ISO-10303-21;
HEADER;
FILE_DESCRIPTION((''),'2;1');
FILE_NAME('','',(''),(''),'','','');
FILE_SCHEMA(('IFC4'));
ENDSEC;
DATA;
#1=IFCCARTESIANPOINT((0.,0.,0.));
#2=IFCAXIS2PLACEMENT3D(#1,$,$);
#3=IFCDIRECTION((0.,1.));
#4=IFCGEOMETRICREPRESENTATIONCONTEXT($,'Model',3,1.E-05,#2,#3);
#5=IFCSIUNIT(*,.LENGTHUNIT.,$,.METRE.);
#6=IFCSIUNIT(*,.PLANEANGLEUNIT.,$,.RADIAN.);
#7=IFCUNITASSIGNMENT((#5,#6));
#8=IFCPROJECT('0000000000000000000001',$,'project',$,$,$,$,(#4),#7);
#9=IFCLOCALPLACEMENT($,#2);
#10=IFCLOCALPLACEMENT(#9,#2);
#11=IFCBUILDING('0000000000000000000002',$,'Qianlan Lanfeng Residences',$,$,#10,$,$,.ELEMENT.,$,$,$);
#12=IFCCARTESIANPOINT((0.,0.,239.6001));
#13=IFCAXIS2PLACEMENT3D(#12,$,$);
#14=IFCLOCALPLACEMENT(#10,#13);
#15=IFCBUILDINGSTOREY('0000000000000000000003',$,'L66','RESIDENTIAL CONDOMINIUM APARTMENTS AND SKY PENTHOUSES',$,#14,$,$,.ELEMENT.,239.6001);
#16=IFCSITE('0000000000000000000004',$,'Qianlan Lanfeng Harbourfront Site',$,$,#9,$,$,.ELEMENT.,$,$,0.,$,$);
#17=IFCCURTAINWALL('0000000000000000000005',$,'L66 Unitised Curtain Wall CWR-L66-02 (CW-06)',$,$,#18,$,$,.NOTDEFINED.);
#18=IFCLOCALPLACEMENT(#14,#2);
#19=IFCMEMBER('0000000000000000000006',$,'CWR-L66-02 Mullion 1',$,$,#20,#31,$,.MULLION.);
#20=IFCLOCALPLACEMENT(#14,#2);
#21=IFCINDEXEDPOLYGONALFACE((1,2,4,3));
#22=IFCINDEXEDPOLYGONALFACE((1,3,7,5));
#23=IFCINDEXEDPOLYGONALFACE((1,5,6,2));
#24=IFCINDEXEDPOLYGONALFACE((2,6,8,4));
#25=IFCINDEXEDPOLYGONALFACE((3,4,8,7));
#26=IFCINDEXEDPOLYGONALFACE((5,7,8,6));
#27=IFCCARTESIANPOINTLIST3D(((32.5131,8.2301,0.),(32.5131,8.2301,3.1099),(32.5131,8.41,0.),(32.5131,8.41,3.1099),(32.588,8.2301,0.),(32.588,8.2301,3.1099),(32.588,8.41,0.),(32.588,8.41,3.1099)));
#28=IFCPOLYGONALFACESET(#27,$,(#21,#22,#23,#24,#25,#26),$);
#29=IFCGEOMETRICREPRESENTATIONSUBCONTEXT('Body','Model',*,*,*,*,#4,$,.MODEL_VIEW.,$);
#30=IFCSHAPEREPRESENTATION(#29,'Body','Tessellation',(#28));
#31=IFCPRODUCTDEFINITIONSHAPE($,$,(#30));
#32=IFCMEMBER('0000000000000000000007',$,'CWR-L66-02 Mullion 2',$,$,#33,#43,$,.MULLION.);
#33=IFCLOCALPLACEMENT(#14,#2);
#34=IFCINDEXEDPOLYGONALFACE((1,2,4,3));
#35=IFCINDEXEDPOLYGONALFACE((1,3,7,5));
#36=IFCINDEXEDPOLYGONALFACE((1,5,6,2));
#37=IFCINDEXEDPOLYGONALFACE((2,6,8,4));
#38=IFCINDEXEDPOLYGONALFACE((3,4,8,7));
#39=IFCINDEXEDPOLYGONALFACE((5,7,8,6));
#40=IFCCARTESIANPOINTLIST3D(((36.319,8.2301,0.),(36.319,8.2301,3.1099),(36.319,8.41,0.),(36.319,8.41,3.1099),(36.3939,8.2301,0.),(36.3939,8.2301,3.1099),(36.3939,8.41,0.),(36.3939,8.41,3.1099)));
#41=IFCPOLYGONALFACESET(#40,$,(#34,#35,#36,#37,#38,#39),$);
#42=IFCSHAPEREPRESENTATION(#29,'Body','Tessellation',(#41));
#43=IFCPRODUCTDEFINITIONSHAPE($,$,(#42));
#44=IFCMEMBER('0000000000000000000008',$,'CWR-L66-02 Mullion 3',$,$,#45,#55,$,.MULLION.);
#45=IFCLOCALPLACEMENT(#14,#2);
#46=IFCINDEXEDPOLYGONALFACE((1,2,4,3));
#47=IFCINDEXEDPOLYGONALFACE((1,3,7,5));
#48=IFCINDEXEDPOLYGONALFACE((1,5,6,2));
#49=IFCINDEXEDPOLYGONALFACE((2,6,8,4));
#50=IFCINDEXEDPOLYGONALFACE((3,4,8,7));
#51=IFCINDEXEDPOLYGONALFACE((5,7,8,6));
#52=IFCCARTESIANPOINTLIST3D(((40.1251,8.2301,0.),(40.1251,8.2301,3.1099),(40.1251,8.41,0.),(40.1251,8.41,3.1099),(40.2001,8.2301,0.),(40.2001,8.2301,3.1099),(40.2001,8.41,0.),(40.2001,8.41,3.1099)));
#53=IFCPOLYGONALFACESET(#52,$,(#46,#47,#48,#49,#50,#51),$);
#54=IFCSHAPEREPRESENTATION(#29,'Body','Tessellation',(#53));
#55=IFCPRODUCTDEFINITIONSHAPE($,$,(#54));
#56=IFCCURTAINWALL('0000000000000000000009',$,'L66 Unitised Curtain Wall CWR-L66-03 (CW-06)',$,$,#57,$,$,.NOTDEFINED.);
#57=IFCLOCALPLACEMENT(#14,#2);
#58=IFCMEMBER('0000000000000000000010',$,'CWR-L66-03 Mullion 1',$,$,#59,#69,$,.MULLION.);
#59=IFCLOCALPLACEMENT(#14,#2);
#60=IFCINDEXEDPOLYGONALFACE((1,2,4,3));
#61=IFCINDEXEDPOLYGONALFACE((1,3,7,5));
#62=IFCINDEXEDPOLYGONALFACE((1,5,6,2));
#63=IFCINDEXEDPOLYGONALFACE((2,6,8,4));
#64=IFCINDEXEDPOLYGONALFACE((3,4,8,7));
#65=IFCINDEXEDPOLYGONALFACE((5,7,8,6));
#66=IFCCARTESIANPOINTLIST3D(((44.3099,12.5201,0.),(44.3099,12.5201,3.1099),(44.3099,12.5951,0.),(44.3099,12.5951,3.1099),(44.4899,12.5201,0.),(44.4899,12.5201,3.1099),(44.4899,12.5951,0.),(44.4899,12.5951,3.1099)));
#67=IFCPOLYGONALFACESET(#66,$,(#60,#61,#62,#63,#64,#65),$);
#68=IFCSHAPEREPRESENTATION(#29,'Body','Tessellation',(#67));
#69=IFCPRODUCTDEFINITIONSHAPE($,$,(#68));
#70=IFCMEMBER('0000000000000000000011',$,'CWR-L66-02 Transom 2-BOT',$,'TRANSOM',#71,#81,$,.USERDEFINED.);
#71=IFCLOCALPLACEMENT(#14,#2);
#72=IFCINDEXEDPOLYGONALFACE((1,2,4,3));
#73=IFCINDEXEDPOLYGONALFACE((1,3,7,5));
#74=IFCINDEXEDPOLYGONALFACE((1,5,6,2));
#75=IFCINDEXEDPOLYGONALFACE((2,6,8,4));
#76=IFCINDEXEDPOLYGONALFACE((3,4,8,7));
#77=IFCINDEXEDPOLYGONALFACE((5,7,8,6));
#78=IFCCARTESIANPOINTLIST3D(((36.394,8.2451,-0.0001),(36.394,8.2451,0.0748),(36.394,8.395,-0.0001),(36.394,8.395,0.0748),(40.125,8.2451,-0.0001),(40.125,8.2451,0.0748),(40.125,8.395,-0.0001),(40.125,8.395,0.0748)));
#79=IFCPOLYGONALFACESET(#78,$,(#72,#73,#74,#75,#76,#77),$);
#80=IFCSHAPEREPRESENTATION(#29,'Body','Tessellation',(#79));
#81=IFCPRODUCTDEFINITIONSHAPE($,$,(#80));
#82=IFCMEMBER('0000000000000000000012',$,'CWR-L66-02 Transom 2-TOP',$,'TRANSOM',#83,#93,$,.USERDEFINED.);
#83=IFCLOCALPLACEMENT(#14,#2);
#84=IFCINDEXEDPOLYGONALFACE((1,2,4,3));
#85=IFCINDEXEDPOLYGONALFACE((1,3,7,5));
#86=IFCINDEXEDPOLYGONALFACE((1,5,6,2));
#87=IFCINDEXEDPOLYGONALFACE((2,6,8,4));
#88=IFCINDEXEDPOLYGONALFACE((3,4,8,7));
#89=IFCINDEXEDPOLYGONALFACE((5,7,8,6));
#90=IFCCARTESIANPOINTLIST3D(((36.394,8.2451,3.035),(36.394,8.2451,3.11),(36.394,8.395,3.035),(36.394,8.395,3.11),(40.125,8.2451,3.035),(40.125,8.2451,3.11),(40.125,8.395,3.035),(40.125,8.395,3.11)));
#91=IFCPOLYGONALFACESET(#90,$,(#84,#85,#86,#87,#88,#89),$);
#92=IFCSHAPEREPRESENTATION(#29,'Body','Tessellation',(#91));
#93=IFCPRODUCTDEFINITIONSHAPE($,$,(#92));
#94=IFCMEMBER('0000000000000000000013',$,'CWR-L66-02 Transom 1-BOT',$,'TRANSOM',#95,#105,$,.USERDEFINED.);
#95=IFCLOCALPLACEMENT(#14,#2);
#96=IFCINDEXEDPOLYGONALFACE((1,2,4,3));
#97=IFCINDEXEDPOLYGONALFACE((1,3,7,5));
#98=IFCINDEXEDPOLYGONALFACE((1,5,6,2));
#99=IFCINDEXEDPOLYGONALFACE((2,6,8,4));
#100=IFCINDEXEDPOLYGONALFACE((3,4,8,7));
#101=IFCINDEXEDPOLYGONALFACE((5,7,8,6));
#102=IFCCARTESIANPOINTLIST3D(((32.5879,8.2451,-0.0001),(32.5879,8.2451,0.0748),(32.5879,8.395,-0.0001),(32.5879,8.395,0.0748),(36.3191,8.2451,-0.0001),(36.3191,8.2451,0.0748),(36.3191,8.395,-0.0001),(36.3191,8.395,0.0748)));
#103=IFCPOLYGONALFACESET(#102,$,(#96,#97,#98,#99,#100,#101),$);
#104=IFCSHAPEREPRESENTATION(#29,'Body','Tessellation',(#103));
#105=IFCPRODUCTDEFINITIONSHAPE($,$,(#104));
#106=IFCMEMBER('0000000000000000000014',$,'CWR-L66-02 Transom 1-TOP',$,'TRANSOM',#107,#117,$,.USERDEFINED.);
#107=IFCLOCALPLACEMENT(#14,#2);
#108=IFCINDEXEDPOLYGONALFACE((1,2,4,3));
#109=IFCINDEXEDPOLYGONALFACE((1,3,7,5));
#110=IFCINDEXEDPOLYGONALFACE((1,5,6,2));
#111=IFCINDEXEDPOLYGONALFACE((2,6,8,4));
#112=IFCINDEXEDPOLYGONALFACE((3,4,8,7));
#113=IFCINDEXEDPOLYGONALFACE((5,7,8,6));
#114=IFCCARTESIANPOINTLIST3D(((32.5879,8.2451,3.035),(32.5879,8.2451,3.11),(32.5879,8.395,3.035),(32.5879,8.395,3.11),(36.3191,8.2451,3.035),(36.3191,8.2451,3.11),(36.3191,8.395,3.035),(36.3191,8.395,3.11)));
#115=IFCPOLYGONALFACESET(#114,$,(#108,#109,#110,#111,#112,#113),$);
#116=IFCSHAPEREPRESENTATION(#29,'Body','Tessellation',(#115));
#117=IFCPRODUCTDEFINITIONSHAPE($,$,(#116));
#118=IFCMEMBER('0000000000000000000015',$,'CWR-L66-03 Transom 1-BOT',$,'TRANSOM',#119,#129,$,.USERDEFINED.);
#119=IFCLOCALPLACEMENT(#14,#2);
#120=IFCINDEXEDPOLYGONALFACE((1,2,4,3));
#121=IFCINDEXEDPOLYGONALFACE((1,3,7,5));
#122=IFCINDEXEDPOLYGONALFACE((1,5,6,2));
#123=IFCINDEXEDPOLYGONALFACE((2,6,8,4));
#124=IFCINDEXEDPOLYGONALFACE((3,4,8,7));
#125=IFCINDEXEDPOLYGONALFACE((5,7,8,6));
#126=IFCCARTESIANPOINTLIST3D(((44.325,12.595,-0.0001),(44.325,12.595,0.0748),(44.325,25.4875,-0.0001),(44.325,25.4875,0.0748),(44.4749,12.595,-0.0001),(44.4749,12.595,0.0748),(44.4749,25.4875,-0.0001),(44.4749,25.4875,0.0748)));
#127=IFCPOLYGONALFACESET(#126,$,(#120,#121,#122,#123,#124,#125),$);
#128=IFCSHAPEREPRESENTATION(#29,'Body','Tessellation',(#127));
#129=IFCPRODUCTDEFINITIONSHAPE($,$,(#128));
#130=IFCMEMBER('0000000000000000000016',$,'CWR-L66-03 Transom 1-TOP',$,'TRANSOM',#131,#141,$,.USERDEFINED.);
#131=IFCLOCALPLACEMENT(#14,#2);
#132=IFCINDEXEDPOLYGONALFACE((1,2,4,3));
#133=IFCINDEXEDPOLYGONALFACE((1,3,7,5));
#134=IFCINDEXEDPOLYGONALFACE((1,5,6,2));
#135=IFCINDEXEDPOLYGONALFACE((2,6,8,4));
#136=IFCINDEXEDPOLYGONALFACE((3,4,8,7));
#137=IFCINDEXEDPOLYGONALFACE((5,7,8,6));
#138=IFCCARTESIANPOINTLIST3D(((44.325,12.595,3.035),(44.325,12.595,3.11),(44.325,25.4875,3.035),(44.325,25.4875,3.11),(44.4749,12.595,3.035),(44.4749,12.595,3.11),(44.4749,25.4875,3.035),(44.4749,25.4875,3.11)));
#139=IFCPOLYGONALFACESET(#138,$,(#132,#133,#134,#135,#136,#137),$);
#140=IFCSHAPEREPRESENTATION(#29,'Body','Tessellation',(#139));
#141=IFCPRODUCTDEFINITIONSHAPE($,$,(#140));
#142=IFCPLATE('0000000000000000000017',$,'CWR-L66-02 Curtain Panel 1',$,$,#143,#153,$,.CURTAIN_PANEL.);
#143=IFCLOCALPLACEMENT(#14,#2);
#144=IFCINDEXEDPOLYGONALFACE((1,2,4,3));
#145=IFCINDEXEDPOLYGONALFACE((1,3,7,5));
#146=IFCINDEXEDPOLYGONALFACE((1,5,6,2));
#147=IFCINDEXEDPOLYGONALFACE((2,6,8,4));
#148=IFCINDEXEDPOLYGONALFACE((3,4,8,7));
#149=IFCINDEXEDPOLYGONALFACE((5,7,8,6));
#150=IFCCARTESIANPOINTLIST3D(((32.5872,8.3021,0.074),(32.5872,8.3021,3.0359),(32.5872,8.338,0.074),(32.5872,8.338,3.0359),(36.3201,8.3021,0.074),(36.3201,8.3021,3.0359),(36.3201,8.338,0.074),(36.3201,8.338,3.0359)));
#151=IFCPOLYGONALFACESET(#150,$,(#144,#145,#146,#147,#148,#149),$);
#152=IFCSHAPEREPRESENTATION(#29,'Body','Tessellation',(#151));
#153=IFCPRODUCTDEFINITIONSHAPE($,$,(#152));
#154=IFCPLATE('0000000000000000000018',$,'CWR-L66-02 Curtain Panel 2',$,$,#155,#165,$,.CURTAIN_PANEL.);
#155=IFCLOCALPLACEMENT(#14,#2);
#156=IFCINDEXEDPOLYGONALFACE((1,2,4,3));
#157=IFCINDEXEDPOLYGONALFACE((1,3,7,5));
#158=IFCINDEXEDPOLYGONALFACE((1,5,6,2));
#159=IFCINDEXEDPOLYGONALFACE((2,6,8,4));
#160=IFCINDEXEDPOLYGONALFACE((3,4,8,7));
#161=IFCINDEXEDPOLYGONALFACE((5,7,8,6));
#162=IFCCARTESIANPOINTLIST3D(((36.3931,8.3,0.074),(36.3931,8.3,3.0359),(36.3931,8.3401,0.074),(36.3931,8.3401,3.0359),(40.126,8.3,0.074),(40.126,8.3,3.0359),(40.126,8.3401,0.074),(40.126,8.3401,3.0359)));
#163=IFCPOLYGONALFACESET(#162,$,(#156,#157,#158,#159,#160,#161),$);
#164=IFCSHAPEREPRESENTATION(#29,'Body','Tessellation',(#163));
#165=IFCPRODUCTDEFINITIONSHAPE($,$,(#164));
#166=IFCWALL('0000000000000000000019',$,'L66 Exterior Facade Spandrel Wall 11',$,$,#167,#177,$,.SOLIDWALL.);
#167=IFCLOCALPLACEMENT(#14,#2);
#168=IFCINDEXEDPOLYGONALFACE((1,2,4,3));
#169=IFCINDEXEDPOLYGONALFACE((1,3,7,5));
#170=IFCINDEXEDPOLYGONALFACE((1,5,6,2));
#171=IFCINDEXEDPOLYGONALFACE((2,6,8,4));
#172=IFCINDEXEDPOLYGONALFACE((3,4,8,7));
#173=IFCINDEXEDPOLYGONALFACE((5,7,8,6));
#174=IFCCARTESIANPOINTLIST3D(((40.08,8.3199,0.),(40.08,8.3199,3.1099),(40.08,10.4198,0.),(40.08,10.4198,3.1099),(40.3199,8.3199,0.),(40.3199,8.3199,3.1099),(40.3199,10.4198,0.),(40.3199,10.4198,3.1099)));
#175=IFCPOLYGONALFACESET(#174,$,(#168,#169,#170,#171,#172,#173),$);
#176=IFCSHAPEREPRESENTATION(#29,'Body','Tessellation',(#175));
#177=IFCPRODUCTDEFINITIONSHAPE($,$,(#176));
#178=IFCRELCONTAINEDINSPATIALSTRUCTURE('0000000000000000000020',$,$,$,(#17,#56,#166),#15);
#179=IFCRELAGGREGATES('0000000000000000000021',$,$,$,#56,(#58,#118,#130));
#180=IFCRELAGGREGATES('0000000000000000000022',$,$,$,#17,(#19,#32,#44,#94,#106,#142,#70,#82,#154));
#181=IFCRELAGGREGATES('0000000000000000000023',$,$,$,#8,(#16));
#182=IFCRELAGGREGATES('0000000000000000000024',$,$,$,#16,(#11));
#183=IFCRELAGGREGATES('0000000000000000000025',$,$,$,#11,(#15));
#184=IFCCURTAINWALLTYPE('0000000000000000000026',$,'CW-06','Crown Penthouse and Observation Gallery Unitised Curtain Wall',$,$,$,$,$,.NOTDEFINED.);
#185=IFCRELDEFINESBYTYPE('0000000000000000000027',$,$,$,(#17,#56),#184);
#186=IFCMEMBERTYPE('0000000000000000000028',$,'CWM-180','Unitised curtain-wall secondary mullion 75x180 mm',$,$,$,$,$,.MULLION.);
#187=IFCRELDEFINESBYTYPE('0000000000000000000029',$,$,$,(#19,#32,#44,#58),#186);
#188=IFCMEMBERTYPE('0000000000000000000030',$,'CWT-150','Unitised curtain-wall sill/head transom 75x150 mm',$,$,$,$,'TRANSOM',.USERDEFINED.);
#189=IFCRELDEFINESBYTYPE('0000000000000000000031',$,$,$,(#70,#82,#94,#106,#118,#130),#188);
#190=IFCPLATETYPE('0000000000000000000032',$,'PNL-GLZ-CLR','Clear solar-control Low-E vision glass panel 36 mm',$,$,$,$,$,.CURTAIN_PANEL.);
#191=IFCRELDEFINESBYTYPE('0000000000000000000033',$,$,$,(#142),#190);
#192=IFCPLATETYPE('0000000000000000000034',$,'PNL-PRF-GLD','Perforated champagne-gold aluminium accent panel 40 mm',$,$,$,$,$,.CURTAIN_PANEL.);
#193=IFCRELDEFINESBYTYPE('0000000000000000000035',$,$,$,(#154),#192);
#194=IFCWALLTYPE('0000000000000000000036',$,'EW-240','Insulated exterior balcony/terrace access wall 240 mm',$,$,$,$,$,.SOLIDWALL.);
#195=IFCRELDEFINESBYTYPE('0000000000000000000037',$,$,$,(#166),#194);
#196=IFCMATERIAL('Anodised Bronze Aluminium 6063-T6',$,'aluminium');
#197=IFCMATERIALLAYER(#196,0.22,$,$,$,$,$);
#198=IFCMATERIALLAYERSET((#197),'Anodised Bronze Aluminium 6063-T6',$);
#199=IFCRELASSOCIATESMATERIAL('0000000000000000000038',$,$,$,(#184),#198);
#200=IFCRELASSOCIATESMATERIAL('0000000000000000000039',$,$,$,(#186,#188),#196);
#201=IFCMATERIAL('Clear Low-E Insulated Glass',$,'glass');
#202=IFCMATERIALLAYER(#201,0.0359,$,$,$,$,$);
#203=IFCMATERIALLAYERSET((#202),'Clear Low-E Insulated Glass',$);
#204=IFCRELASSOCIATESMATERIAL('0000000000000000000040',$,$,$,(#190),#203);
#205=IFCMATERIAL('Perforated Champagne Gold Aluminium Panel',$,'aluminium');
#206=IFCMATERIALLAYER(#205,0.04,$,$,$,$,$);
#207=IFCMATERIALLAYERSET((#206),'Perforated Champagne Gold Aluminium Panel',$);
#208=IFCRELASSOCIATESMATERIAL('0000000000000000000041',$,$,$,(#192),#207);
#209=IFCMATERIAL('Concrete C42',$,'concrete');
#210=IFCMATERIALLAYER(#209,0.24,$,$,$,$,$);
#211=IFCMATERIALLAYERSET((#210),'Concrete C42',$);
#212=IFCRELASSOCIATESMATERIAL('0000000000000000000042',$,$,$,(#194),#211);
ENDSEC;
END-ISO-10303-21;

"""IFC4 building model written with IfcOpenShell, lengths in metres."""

from ifc_helpers import new_model, si_unit, direction, frame, frame_2d, origin, origin_2d, place, context, subcontext, project, spatial, rectangle, extrude, source, transform, mapped, material, layer, layer_set, material_profile, profile_set, type_object, element, aggregate, save


model = new_model("IFC4")

# Units and contexts
model_context = context("Model", 3, precision=1e-05, world=origin(), true_north=direction((0.0, 1.0)))
body_context = subcontext(model_context, "Body", "Model", "MODEL_VIEW")
ifc_project = project(units=[si_unit("LENGTHUNIT", "METRE"), si_unit("PLANEANGLEUNIT", "RADIAN")], contexts=[model_context])

# Site, building, storey
site_placement = place(None, origin())
site = spatial("IfcSite", under=ifc_project, at=site_placement, Name="Qianlan Lanfeng Harbourfront Site", CompositionType="ELEMENT", RefElevation=0.0)
building_placement = place(site_placement, origin())
building = spatial("IfcBuilding", under=site, at=building_placement, Name="Qianlan Lanfeng Residences", CompositionType="ELEMENT")
storey_placement = place(building_placement, frame((0.0, 0.0, 239.6001)))
storey = spatial("IfcBuildingStorey", under=building, at=storey_placement, Name="L66", Description="RESIDENTIAL CONDOMINIUM APARTMENTS AND SKY PENTHOUSES", CompositionType="ELEMENT", Elevation=239.6001)

# Curtain wall, members
ifc_material_1 = material(Name="Anodised Bronze Aluminium 6063-T6", Category="aluminium")
ifc_layer_1 = layer(ifc_material_1, 0.22)
ifc_layer_set_1 = layer_set([ifc_layer_1], Name="Anodised Bronze Aluminium 6063-T6")
curtain_wall_type = type_object("IfcCurtainWallType", Name="CW-06", Description="Crown Penthouse and Observation Gallery Unitised Curtain Wall", PredefinedType="NOTDEFINED", material=ifc_layer_set_1)
curtain_wall_1_placement = place(storey_placement, origin())
curtain_wall_1 = element("IfcCurtainWall", 1, at=curtain_wall_1_placement, inside=storey, type_object=curtain_wall_type, Name="L66 Unitised Curtain Wall CWR-L66-02 (CW-06)", PredefinedType="NOTDEFINED")
ifc_material_profile_1 = material_profile(ifc_material_1, rectangle(XDim=0.075, YDim=0.1799, at=origin_2d()), Name="ALU MULLION 75x180")
ifc_profile_set_1 = profile_set([ifc_material_profile_1], Name="Anodised Bronze Aluminium 6063-T6")
member_type_1 = type_object("IfcMemberType", Name="CWM-180", Description="Unitised curtain-wall secondary mullion 75x180 mm", PredefinedType="MULLION", material=ifc_profile_set_1)
shared_shape_1 = source(origin(), body_context, "Body", "SweptSolid", [
    extrude(rectangle(XDim=0.075, YDim=0.1799, at=origin_2d()), origin(), (0.0, 0.0, 1.0), 3.1099),
])
member_1_placement = place(storey_placement, frame((32.5505, 8.3201, 0.0), z_axis=(0.0, 0.0, 1.0), x_axis=(1.0, 0.0, 0.0)))
member_1 = element("IfcMember", 2, at=member_1_placement, type_object=member_type_1, Name="CWR-L66-02 Mullion 1", PredefinedType="MULLION", context=body_context, shape_type="MappedRepresentation", body=[
    mapped(shared_shape_1, transform((0.0, 0.0, 0.0), scale=1.0)),
])
member_2_placement = place(storey_placement, frame((36.3564, 8.3201, 0.0), z_axis=(0.0, 0.0, 1.0), x_axis=(1.0, 0.0, 0.0)))
member_2 = element("IfcMember", 3, at=member_2_placement, type_object=member_type_1, Name="CWR-L66-02 Mullion 2", PredefinedType="MULLION", context=body_context, shape_type="MappedRepresentation", body=[
    mapped(shared_shape_1, transform((0.0, 0.0, 0.0), scale=1.0)),
])
member_3_placement = place(storey_placement, frame((40.1626, 8.3201, 0.0), z_axis=(0.0, 0.0, 1.0), x_axis=(1.0, 0.0, 0.0)))
member_3 = element("IfcMember", 4, at=member_3_placement, type_object=member_type_1, Name="CWR-L66-02 Mullion 3", PredefinedType="MULLION", context=body_context, shape_type="MappedRepresentation", body=[
    mapped(shared_shape_1, transform((0.0, 0.0, 0.0), scale=1.0)),
])

# Curtain wall, member
curtain_wall_2_placement = place(storey_placement, origin())
curtain_wall_2 = element("IfcCurtainWall", 5, at=curtain_wall_2_placement, inside=storey, type_object=curtain_wall_type, Name="L66 Unitised Curtain Wall CWR-L66-03 (CW-06)", PredefinedType="NOTDEFINED")
member_4_placement = place(storey_placement, frame((44.3999, 12.5576, 0.0), z_axis=(0.0, 0.0, 1.0), x_axis=(0.0, 1.0, 0.0)))
member_4 = element("IfcMember", 6, at=member_4_placement, type_object=member_type_1, Name="CWR-L66-03 Mullion 1", PredefinedType="MULLION", context=body_context, shape_type="MappedRepresentation", body=[
    mapped(shared_shape_1, transform((0.0, 0.0, 0.0), scale=1.0)),
])

# Members
ifc_material_profile_2 = material_profile(ifc_material_1, rectangle(XDim=0.075, YDim=0.1499, at=origin_2d()), Name="ALU TRANSOM 75x150")
ifc_profile_set_2 = profile_set([ifc_material_profile_2], Name="Anodised Bronze Aluminium 6063-T6")
member_type_2 = type_object("IfcMemberType", Name="CWT-150", Description="Unitised curtain-wall sill/head transom 75x150 mm", ElementType="TRANSOM", PredefinedType="USERDEFINED", material=ifc_profile_set_2)
shared_shape_2 = source(origin(), body_context, "Body", "SweptSolid", [
    extrude(rectangle(XDim=0.075, YDim=0.1499, at=origin_2d()), origin(), (0.0, 0.0, 1.0), 3.731),
])
member_5_placement = place(storey_placement, frame((36.394, 8.3201, 0.0374), z_axis=(1.0, 0.0, 0.0), x_axis=(0.0, 0.0, 1.0)))
member_5 = element("IfcMember", 7, at=member_5_placement, type_object=member_type_2, Name="CWR-L66-02 Transom 2-BOT", ObjectType="TRANSOM", PredefinedType="USERDEFINED", context=body_context, shape_type="MappedRepresentation", body=[
    mapped(shared_shape_2, transform((0.0, 0.0, 0.0), scale=1.0)),
])
member_6_placement = place(storey_placement, frame((36.394, 8.3201, 3.0725), z_axis=(1.0, 0.0, 0.0), x_axis=(0.0, 0.0, 1.0)))
member_6 = element("IfcMember", 8, at=member_6_placement, type_object=member_type_2, Name="CWR-L66-02 Transom 2-TOP", ObjectType="TRANSOM", PredefinedType="USERDEFINED", context=body_context, shape_type="MappedRepresentation", body=[
    mapped(shared_shape_2, transform((0.0, 0.0, 0.0), scale=1.0)),
])
shared_shape_3 = source(origin(), body_context, "Body", "SweptSolid", [
    extrude(rectangle(XDim=0.075, YDim=0.1499, at=origin_2d()), origin(), (0.0, 0.0, 1.0), 3.7312),
])
member_7_placement = place(storey_placement, frame((32.5879, 8.3201, 0.0374), z_axis=(1.0, 0.0, 0.0), x_axis=(0.0, 0.0, 1.0)))
member_7 = element("IfcMember", 9, at=member_7_placement, type_object=member_type_2, Name="CWR-L66-02 Transom 1-BOT", ObjectType="TRANSOM", PredefinedType="USERDEFINED", context=body_context, shape_type="MappedRepresentation", body=[
    mapped(shared_shape_3, transform((0.0, 0.0, 0.0), scale=1.0)),
])
member_8_placement = place(storey_placement, frame((32.5879, 8.3201, 3.0725), z_axis=(1.0, 0.0, 0.0), x_axis=(0.0, 0.0, 1.0)))
member_8 = element("IfcMember", 10, at=member_8_placement, type_object=member_type_2, Name="CWR-L66-02 Transom 1-TOP", ObjectType="TRANSOM", PredefinedType="USERDEFINED", context=body_context, shape_type="MappedRepresentation", body=[
    mapped(shared_shape_3, transform((0.0, 0.0, 0.0), scale=1.0)),
])
shared_shape_4 = source(origin(), body_context, "Body", "SweptSolid", [
    extrude(rectangle(XDim=0.075, YDim=0.1499, at=origin_2d()), origin(), (0.0, 0.0, 1.0), 12.8926),
])
member_9_placement = place(storey_placement, frame((44.3999, 12.595, 0.0374), z_axis=(0.0, 1.0, 0.0), x_axis=(0.0, 0.0, 1.0)))
member_9 = element("IfcMember", 11, at=member_9_placement, type_object=member_type_2, Name="CWR-L66-03 Transom 1-BOT", ObjectType="TRANSOM", PredefinedType="USERDEFINED", context=body_context, shape_type="MappedRepresentation", body=[
    mapped(shared_shape_4, transform((0.0, 0.0, 0.0), scale=1.0)),
])
member_10_placement = place(storey_placement, frame((44.3999, 12.595, 3.0725), z_axis=(0.0, 1.0, 0.0), x_axis=(0.0, 0.0, 1.0)))
member_10 = element("IfcMember", 12, at=member_10_placement, type_object=member_type_2, Name="CWR-L66-03 Transom 1-TOP", ObjectType="TRANSOM", PredefinedType="USERDEFINED", context=body_context, shape_type="MappedRepresentation", body=[
    mapped(shared_shape_4, transform((0.0, 0.0, 0.0), scale=1.0)),
])
aggregate(curtain_wall_2, [member_4, member_9, member_10])

# Plates
ifc_material_2 = material(Name="Clear Low-E Insulated Glass", Category="glass")
ifc_layer_2 = layer(ifc_material_2, 0.0359)
ifc_layer_set_2 = layer_set([ifc_layer_2], Name="Clear Low-E Insulated Glass")
plate_type_1 = type_object("IfcPlateType", Name="PNL-GLZ-CLR", Description="Clear solar-control Low-E vision glass panel 36 mm", PredefinedType="CURTAIN_PANEL", material=ifc_layer_set_2)
shared_shape_5 = source(origin(), body_context, "Body", "SweptSolid", [
    extrude(rectangle(XDim=3.7329, YDim=0.0359, at=origin_2d()), origin(), (0.0, 0.0, 1.0), 2.9619),
])
plate_1_placement = place(storey_placement, frame((34.4536, 8.3201, 0.074), z_axis=(0.0, 0.0, 1.0), x_axis=(1.0, 0.0, 0.0)))
plate_1 = element("IfcPlate", 13, at=plate_1_placement, type_object=plate_type_1, Name="CWR-L66-02 Curtain Panel 1", PredefinedType="CURTAIN_PANEL", context=body_context, shape_type="MappedRepresentation", body=[
    mapped(shared_shape_5, transform((0.0, 0.0, 0.0), scale=1.0)),
])
ifc_material_3 = material(Name="Perforated Champagne Gold Aluminium Panel", Category="aluminium")
ifc_layer_3 = layer(ifc_material_3, 0.04)
ifc_layer_set_3 = layer_set([ifc_layer_3], Name="Perforated Champagne Gold Aluminium Panel")
plate_type_2 = type_object("IfcPlateType", Name="PNL-PRF-GLD", Description="Perforated champagne-gold aluminium accent panel 40 mm", PredefinedType="CURTAIN_PANEL", material=ifc_layer_set_3)
shared_shape_6 = source(origin(), body_context, "Body", "SweptSolid", [
    extrude(rectangle(XDim=3.7329, YDim=0.04, at=origin_2d()), origin(), (0.0, 0.0, 1.0), 2.9619),
])
plate_2_placement = place(storey_placement, frame((38.2595, 8.3201, 0.074), z_axis=(0.0, 0.0, 1.0), x_axis=(1.0, 0.0, 0.0)))
plate_2 = element("IfcPlate", 14, at=plate_2_placement, type_object=plate_type_2, Name="CWR-L66-02 Curtain Panel 2", PredefinedType="CURTAIN_PANEL", context=body_context, shape_type="MappedRepresentation", body=[
    mapped(shared_shape_6, transform((0.0, 0.0, 0.0), scale=1.0)),
])
aggregate(curtain_wall_1, [member_1, member_2, member_3, member_7, member_8, plate_1, member_5, member_6, plate_2])

# Wall
ifc_material_4 = material(Name="Concrete C42", Category="concrete")
ifc_layer_4 = layer(ifc_material_4, 0.24)
ifc_layer_set_4 = layer_set([ifc_layer_4], Name="Concrete C42")
wall_type_1 = type_object("IfcWallType", Name="EW-240", Description="Insulated exterior balcony/terrace access wall 240 mm", PredefinedType="SOLIDWALL", material=ifc_layer_set_4)
wall_1_placement = place(storey_placement, frame((40.2, 8.3201, 0.0), z_axis=(0.0, 0.0, 1.0), x_axis=(0.0, 1.0, 0.0)))
element("IfcWall", 15, at=wall_1_placement, inside=storey, type_object=wall_type_1, Name="L66 Exterior Facade Spandrel Wall 11", PredefinedType="SOLIDWALL", context=body_context, shape_type="SweptSolid", body=[
    extrude(rectangle(XDim=2.0999, YDim=0.24, at=frame_2d((1.0498, 0.0))), origin(), (0.0, 0.0, 1.0), 3.1099),
])

save(model, "model.ifc")
